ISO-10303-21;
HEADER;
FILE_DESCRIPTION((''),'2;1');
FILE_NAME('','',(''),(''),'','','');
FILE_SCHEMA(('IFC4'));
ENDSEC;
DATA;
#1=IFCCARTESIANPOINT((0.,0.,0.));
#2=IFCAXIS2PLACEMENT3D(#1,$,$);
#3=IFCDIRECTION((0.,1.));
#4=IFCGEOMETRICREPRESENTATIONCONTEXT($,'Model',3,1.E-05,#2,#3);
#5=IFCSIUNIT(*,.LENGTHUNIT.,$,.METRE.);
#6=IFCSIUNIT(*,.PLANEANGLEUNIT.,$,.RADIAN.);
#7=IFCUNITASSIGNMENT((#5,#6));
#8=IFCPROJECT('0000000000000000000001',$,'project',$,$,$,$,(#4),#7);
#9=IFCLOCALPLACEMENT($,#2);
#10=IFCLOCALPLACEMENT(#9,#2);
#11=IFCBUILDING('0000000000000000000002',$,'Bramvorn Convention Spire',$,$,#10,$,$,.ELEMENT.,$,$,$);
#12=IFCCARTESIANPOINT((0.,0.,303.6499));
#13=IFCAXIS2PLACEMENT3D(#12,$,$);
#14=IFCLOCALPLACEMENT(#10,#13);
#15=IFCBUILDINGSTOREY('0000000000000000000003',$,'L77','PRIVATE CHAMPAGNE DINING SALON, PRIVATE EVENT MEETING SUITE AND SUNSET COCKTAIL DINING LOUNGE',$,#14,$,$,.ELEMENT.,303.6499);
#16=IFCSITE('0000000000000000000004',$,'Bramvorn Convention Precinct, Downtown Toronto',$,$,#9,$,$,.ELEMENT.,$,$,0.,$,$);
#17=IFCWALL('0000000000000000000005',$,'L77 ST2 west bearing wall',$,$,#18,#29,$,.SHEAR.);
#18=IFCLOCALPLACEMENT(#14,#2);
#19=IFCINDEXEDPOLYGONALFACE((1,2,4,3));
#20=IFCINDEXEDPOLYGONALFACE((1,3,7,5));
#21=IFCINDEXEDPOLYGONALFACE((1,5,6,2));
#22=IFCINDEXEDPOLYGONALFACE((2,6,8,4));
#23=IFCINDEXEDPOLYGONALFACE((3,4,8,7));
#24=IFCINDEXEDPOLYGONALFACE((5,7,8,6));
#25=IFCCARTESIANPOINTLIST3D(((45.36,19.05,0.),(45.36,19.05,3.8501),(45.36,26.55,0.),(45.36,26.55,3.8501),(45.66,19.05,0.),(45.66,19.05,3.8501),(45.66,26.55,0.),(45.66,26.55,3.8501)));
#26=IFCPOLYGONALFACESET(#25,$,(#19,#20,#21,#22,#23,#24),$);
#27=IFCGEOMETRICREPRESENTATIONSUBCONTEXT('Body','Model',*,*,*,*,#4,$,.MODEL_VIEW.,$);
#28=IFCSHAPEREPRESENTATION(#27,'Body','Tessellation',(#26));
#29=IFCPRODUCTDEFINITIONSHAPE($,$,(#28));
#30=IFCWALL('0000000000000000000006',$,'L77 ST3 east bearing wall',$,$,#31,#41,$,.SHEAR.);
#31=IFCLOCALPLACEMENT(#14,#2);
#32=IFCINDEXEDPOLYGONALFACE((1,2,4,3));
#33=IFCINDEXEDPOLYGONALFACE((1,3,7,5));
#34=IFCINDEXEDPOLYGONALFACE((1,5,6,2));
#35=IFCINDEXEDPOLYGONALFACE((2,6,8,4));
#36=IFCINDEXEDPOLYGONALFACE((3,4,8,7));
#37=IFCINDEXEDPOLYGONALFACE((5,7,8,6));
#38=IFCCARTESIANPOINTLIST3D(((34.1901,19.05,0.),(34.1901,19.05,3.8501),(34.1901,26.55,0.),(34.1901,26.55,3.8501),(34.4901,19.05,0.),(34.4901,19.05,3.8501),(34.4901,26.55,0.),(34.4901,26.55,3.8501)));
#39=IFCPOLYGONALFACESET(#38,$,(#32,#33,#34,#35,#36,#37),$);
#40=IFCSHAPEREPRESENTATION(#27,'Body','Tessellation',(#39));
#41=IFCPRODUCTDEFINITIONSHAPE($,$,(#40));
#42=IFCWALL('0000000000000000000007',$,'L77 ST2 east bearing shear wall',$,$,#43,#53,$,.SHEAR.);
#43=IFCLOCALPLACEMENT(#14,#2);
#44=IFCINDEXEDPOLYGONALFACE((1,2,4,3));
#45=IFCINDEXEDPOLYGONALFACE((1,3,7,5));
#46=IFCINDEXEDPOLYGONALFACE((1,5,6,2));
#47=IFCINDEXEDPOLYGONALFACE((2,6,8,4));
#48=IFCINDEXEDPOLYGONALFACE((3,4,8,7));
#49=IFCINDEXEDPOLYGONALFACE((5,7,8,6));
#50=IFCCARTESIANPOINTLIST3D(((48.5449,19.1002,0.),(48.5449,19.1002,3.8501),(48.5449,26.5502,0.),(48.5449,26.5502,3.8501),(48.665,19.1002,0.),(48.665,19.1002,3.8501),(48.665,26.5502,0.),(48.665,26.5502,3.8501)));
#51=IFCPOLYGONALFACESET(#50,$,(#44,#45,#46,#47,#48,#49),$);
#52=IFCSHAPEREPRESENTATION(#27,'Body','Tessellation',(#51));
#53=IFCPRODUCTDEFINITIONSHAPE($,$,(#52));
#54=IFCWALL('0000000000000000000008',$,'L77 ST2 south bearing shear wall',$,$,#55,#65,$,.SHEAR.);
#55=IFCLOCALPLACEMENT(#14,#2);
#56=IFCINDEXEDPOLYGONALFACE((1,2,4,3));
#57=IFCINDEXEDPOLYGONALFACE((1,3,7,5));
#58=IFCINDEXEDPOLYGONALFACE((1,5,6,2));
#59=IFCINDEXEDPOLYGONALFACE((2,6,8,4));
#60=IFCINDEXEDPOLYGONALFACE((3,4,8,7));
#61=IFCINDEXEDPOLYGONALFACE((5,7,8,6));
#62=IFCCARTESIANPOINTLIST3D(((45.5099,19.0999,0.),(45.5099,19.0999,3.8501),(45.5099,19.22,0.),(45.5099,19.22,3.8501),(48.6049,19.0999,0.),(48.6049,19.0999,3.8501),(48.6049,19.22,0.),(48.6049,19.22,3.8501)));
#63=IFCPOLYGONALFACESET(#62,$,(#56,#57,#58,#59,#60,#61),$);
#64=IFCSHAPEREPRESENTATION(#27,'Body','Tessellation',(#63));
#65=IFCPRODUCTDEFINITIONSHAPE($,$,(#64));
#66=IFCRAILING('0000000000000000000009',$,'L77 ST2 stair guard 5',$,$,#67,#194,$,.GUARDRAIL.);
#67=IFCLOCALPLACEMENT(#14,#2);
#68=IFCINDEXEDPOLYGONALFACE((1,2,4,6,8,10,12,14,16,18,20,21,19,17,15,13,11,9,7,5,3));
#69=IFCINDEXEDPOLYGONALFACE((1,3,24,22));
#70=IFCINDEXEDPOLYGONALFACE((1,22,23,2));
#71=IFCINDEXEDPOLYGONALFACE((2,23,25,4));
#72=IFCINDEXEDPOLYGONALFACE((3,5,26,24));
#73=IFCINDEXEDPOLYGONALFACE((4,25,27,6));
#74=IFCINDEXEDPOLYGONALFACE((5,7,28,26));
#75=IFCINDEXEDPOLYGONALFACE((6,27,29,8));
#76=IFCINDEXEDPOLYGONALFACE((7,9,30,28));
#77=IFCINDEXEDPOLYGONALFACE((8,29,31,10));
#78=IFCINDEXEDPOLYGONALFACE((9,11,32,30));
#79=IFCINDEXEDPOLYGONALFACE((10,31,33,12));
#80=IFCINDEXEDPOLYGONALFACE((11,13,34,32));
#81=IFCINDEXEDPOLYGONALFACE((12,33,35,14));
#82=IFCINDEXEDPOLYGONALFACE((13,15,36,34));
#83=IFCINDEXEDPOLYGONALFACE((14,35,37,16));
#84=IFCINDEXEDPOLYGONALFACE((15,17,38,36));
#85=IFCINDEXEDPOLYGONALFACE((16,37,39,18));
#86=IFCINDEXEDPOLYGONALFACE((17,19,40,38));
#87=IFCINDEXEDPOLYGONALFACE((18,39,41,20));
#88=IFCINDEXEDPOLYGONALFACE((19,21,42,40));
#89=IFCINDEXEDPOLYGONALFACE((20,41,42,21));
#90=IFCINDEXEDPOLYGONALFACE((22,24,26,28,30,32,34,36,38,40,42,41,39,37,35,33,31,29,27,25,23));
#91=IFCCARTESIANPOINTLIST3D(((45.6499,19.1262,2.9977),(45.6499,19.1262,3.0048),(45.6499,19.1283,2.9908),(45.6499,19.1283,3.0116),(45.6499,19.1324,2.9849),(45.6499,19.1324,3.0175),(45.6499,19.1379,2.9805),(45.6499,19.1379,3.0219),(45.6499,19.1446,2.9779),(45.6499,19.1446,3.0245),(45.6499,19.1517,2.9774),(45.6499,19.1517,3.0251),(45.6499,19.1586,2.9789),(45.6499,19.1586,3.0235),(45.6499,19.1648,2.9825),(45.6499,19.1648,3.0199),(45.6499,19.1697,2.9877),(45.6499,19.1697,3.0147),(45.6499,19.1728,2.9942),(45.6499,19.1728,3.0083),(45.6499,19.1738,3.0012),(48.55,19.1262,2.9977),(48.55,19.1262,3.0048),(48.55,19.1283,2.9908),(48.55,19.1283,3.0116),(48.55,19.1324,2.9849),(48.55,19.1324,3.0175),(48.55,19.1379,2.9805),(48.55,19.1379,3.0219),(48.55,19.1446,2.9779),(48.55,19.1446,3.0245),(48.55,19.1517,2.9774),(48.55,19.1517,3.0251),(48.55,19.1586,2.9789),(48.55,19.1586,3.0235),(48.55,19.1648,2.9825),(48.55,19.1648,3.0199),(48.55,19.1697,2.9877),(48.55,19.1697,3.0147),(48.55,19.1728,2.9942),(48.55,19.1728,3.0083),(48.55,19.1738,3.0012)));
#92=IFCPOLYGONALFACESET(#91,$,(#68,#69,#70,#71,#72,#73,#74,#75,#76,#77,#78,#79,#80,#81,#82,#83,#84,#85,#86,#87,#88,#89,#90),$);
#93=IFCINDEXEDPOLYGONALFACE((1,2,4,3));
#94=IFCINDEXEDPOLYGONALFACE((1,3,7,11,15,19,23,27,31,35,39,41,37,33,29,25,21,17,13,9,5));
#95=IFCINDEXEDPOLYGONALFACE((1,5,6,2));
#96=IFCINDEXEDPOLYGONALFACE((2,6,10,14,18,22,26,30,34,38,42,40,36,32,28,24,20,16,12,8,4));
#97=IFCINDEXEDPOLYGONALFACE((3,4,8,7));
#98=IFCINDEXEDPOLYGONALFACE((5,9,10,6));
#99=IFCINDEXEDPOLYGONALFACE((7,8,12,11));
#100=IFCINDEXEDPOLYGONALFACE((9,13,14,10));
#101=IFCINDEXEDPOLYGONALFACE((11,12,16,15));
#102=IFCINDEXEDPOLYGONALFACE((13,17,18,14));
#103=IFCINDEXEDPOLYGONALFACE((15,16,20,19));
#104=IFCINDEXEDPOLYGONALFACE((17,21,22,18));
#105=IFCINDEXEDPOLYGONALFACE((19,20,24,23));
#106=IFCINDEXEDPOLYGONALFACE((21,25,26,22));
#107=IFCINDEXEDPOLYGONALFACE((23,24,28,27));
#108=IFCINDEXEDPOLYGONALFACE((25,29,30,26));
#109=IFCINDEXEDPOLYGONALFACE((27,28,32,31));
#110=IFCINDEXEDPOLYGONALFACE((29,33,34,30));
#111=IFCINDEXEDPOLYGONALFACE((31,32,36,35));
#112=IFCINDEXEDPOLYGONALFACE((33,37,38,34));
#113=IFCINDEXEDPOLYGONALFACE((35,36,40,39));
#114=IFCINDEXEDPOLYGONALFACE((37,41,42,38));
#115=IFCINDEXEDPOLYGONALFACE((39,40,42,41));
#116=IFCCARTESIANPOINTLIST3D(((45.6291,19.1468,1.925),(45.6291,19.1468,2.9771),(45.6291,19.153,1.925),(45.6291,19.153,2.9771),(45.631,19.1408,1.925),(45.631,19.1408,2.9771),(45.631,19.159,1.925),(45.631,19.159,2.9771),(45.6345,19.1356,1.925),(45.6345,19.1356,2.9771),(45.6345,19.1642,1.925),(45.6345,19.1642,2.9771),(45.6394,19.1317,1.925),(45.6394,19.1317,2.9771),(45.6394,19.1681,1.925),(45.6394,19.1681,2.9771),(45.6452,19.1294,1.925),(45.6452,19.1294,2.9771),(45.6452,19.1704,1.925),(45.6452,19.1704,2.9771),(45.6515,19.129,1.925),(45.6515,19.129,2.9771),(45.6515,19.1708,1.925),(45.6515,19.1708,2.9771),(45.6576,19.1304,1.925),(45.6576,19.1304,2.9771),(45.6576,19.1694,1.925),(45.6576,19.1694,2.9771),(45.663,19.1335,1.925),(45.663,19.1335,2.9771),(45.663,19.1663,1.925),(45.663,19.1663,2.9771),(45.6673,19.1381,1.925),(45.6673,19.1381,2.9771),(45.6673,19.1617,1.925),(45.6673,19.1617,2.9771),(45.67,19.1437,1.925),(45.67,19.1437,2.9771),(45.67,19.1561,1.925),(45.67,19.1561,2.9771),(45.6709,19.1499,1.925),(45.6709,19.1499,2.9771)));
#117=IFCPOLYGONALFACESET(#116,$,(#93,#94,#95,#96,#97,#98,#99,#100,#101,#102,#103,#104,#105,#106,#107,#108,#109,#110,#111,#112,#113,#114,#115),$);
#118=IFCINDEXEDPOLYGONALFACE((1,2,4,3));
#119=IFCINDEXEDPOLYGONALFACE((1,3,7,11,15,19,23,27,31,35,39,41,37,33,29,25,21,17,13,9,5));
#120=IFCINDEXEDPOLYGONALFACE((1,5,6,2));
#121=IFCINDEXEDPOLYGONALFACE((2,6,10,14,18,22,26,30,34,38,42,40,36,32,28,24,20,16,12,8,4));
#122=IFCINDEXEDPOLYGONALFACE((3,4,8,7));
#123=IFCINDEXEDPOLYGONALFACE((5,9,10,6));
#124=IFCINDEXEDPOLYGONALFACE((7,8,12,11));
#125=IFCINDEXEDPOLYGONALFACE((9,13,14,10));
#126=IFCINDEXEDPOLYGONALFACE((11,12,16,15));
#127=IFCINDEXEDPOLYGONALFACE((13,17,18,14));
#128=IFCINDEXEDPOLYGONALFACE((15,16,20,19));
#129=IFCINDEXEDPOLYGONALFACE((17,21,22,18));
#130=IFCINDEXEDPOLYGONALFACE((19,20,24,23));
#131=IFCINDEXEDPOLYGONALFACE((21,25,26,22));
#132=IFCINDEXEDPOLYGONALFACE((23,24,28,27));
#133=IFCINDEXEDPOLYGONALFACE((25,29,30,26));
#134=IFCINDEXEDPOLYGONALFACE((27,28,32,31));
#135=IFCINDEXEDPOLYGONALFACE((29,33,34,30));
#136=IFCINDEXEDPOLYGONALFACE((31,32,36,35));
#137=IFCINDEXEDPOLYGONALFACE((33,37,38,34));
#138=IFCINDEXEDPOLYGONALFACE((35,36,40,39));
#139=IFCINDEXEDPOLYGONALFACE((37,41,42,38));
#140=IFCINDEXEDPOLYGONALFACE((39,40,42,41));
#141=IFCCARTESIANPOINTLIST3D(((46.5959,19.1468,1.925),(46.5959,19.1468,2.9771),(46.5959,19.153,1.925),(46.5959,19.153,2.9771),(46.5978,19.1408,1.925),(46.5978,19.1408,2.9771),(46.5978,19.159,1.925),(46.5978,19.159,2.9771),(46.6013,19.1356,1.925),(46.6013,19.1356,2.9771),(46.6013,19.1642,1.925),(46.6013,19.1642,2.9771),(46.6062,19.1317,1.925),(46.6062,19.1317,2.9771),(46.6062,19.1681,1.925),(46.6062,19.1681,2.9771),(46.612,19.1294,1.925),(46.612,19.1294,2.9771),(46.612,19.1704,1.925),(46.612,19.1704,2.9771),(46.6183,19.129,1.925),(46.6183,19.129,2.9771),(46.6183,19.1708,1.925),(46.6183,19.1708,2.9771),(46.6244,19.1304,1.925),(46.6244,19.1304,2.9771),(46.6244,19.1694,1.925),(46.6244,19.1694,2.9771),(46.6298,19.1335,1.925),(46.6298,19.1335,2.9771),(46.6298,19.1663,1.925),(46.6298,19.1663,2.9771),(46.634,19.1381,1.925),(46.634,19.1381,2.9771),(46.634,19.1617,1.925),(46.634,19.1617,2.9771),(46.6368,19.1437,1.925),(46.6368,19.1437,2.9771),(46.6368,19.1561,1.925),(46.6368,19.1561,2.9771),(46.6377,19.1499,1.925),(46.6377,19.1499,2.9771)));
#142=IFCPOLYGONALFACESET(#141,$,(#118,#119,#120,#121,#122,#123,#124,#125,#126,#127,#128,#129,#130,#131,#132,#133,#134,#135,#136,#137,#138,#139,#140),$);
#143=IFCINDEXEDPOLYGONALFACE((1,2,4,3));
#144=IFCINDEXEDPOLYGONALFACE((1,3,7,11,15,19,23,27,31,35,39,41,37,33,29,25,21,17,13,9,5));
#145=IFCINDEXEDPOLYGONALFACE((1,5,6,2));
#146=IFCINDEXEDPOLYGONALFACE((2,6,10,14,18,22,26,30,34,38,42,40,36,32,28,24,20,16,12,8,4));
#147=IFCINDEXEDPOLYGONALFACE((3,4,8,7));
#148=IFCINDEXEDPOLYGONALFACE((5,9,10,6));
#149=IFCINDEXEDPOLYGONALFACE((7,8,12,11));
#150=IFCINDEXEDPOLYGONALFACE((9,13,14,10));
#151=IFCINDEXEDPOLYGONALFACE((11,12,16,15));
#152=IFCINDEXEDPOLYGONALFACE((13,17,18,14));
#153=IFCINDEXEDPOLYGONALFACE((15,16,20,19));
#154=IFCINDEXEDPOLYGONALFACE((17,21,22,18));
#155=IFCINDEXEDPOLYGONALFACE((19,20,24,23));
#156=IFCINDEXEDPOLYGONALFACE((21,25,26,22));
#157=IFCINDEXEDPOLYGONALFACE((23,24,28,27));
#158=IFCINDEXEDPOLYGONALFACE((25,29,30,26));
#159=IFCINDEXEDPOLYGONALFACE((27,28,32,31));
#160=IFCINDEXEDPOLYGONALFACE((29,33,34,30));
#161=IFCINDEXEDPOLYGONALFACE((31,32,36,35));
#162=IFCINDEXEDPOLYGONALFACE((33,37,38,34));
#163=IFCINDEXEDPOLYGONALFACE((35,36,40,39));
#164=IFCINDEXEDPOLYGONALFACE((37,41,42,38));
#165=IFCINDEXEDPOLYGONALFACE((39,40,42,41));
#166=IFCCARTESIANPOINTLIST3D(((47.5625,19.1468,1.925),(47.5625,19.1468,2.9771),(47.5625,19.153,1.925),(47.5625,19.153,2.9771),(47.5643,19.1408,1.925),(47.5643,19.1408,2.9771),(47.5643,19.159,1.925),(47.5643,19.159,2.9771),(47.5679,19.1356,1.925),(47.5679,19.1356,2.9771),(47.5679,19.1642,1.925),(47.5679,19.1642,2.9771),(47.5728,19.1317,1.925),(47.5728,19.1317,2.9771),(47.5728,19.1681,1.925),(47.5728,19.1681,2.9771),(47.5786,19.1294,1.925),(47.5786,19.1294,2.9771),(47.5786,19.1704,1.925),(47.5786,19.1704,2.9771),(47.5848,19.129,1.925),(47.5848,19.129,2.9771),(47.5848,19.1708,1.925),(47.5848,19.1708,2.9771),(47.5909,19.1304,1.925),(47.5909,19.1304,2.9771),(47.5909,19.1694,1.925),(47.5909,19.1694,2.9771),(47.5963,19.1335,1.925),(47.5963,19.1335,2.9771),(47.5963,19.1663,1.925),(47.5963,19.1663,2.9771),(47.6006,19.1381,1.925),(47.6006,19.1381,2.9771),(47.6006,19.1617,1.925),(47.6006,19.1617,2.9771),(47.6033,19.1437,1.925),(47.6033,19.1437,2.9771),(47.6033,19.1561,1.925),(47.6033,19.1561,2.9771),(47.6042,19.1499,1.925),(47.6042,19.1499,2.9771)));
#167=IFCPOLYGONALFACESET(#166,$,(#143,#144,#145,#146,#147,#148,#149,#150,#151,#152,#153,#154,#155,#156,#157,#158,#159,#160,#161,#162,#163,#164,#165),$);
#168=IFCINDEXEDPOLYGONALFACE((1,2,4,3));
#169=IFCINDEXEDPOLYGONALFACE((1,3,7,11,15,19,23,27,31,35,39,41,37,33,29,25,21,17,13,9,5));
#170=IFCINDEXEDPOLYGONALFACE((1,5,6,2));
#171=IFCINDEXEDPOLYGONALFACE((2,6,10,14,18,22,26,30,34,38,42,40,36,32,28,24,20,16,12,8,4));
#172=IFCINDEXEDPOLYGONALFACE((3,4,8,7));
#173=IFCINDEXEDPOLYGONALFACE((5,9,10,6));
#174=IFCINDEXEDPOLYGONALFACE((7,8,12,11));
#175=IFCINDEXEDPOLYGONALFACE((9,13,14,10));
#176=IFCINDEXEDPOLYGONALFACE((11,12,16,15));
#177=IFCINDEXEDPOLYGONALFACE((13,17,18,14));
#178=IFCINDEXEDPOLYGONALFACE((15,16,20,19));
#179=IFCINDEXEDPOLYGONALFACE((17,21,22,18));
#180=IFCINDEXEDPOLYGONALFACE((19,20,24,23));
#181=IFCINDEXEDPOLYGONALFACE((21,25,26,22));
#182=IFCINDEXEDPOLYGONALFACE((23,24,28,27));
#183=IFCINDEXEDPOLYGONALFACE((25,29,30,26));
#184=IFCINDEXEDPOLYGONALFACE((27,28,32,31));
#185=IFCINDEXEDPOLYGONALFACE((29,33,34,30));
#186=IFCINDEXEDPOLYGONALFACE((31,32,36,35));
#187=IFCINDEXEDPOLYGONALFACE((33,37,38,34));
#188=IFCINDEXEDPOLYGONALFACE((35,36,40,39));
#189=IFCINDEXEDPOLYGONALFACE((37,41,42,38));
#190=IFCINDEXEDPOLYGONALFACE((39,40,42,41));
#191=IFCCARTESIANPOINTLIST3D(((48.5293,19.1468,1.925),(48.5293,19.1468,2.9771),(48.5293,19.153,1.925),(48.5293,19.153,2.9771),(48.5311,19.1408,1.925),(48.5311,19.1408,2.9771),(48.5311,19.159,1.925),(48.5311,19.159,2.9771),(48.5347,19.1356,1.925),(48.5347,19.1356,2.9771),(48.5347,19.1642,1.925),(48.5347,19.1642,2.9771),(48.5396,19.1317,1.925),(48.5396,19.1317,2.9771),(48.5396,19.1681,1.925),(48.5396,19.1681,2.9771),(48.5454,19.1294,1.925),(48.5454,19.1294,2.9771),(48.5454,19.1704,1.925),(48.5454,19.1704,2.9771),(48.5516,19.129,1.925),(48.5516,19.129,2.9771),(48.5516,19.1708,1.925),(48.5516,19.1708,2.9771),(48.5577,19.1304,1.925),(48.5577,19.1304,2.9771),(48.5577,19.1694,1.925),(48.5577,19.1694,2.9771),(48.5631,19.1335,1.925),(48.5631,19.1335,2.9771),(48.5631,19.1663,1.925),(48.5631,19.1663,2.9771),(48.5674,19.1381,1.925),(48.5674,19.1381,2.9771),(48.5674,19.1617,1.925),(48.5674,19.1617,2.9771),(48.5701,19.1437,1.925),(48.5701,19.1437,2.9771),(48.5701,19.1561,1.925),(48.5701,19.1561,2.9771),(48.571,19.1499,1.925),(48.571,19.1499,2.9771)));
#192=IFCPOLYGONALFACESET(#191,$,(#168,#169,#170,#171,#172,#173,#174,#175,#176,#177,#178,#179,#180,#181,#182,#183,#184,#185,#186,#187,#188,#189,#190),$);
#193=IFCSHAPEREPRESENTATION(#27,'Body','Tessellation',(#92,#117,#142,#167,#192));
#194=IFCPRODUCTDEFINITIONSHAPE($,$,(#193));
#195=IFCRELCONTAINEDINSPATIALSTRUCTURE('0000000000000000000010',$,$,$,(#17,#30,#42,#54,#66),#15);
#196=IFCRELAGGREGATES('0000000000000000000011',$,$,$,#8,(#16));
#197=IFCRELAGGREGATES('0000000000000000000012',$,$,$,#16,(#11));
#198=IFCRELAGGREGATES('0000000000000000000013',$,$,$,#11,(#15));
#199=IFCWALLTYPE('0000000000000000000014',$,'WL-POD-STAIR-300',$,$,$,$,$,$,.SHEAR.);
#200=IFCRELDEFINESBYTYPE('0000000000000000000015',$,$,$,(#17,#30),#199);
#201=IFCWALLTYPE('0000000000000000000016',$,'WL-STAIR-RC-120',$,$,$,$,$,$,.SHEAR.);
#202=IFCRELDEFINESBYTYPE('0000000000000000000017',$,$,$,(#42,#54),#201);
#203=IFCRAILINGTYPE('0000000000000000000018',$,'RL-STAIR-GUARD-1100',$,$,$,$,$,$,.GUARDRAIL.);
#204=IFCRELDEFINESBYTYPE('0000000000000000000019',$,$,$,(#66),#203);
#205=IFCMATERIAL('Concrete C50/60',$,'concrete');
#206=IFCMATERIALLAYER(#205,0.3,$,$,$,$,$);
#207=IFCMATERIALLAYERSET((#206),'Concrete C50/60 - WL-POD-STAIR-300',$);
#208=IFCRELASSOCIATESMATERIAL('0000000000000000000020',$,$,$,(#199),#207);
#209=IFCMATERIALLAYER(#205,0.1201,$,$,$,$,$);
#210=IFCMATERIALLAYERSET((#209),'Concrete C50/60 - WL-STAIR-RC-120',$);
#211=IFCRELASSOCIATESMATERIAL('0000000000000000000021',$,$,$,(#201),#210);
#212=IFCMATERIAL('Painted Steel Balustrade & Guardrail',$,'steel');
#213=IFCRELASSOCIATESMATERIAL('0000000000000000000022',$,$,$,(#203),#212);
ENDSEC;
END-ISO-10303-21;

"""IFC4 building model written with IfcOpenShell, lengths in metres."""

from ifc_helpers import new_model, si_unit, direction, frame, frame_2d, origin, origin_2d, place, context, subcontext, project, spatial, rectangle, circle, extrude, material, layer, layer_set, type_object, element, save


model = new_model("IFC4")

# Units and contexts
model_context = context("Model", 3, precision=1e-05, world=origin(), true_north=direction((0.0, 1.0)))
body_context = subcontext(model_context, "Body", "Model", "MODEL_VIEW")
ifc_project = project(units=[si_unit("LENGTHUNIT", "METRE"), si_unit("PLANEANGLEUNIT", "RADIAN")], contexts=[model_context])

# Site, building, storey
site_placement = place(None, origin())
site = spatial("IfcSite", under=ifc_project, at=site_placement, Name="Bramvorn Convention Precinct, Downtown Toronto", CompositionType="ELEMENT", RefElevation=0.0)
building_placement = place(site_placement, origin())
building = spatial("IfcBuilding", under=site, at=building_placement, Name="Bramvorn Convention Spire", CompositionType="ELEMENT")
storey_placement = place(building_placement, frame((0.0, 0.0, 303.6499)))
storey = spatial("IfcBuildingStorey", under=building, at=storey_placement, Name="L77", Description="PRIVATE CHAMPAGNE DINING SALON, PRIVATE EVENT MEETING SUITE AND SUNSET COCKTAIL DINING LOUNGE", CompositionType="ELEMENT", Elevation=303.6499)

# Shared definitions
ifc_material_1 = material(Name="Concrete C50/60", Category="concrete")

# Walls
ifc_layer_1 = layer(ifc_material_1, 0.3)
ifc_layer_set_1 = layer_set([ifc_layer_1], Name="Concrete C50/60 - WL-POD-STAIR-300")
wall_type_1 = type_object("IfcWallType", Name="WL-POD-STAIR-300", PredefinedType="SHEAR", material=ifc_layer_set_1)
for number, where, z_axis, x_axis, name in (
    (1, (45.51, 19.05, 0.0), (0.0, 0.0, 1.0), (0.0, 1.0, 0.0), "L77 ST2 west bearing wall"),
    (2, (34.3401, 19.05, 0.0), (0.0, 0.0, 1.0), (0.0, 1.0, 0.0), "L77 ST3 east bearing wall"),
):
    element("IfcWall", number, at=place(storey_placement, frame(where, z_axis=z_axis, x_axis=x_axis)), inside=storey, type_object=wall_type_1, Name=name, PredefinedType="SHEAR", context=body_context, shape_type="SweptSolid", body=[
        extrude(rectangle(XDim=7.5, YDim=0.3, at=frame_2d((3.75, 0.0))), origin(), (0.0, 0.0, 1.0), 3.8501),
    ])
ifc_layer_2 = layer(ifc_material_1, 0.1201)
ifc_layer_set_2 = layer_set([ifc_layer_2], Name="Concrete C50/60 - WL-STAIR-RC-120")
wall_type_2 = type_object("IfcWallType", Name="WL-STAIR-RC-120", PredefinedType="SHEAR", material=ifc_layer_set_2)
wall_1_placement = place(storey_placement, frame((48.605, 19.1001, 0.0), z_axis=(0.0, 0.0, 1.0), x_axis=(0.0, 1.0, 0.0)))
element("IfcWall", 3, at=wall_1_placement, inside=storey, type_object=wall_type_2, Name="L77 ST2 east bearing shear wall", PredefinedType="SHEAR", context=body_context, shape_type="SweptSolid", body=[
    extrude(rectangle(XDim=7.45, YDim=0.1201, at=frame_2d((3.7251, 0.0))), origin(), (0.0, 0.0, 1.0), 3.8501),
])
wall_2_placement = place(storey_placement, frame((45.51, 19.1599, 0.0), z_axis=(0.0, 0.0, 1.0), x_axis=(1.0, 0.0, 0.0)))
element("IfcWall", 4, at=wall_2_placement, inside=storey, type_object=wall_type_2, Name="L77 ST2 south bearing shear wall", PredefinedType="SHEAR", context=body_context, shape_type="SweptSolid", body=[
    extrude(rectangle(XDim=3.095, YDim=0.1201, at=frame_2d((1.5474, 0.0))), origin(), (0.0, 0.0, 1.0), 3.8501),
])

# Railing
ifc_material_2 = material(Name="Painted Steel Balustrade & Guardrail", Category="steel")
railing_type = type_object("IfcRailingType", Name="RL-STAIR-GUARD-1100", PredefinedType="GUARDRAIL", material=ifc_material_2)
railing_1_placement = place(storey_placement, frame((45.6499, 19.1499, 1.925)))
element("IfcRailing", 5, at=railing_1_placement, inside=storey, type_object=railing_type, Name="L77 ST2 stair guard 5", PredefinedType="GUARDRAIL", context=body_context, shape_type="SweptSolid", body=[
    extrude(circle(Radius=0.0239, at=origin_2d()), frame((0.0, 0.0, 1.0762), z_axis=(1.0, 0.0, 0.0), x_axis=(0.0, 1.0, 0.0)), (0.0, 0.0, 1.0), 2.9001),
    extrude(circle(Radius=0.021, at=origin_2d()), origin(), (0.0, 0.0, 1.0), 1.052),
    extrude(circle(Radius=0.021, at=origin_2d()), frame((0.9668, 0.0, 0.0)), (0.0, 0.0, 1.0), 1.052),
    extrude(circle(Radius=0.021, at=origin_2d()), frame((1.9333, 0.0, 0.0)), (0.0, 0.0, 1.0), 1.052),
    extrude(circle(Radius=0.021, at=origin_2d()), frame((2.9001, 0.0, 0.0)), (0.0, 0.0, 1.0), 1.052),
])

save(model, "model.ifc")
